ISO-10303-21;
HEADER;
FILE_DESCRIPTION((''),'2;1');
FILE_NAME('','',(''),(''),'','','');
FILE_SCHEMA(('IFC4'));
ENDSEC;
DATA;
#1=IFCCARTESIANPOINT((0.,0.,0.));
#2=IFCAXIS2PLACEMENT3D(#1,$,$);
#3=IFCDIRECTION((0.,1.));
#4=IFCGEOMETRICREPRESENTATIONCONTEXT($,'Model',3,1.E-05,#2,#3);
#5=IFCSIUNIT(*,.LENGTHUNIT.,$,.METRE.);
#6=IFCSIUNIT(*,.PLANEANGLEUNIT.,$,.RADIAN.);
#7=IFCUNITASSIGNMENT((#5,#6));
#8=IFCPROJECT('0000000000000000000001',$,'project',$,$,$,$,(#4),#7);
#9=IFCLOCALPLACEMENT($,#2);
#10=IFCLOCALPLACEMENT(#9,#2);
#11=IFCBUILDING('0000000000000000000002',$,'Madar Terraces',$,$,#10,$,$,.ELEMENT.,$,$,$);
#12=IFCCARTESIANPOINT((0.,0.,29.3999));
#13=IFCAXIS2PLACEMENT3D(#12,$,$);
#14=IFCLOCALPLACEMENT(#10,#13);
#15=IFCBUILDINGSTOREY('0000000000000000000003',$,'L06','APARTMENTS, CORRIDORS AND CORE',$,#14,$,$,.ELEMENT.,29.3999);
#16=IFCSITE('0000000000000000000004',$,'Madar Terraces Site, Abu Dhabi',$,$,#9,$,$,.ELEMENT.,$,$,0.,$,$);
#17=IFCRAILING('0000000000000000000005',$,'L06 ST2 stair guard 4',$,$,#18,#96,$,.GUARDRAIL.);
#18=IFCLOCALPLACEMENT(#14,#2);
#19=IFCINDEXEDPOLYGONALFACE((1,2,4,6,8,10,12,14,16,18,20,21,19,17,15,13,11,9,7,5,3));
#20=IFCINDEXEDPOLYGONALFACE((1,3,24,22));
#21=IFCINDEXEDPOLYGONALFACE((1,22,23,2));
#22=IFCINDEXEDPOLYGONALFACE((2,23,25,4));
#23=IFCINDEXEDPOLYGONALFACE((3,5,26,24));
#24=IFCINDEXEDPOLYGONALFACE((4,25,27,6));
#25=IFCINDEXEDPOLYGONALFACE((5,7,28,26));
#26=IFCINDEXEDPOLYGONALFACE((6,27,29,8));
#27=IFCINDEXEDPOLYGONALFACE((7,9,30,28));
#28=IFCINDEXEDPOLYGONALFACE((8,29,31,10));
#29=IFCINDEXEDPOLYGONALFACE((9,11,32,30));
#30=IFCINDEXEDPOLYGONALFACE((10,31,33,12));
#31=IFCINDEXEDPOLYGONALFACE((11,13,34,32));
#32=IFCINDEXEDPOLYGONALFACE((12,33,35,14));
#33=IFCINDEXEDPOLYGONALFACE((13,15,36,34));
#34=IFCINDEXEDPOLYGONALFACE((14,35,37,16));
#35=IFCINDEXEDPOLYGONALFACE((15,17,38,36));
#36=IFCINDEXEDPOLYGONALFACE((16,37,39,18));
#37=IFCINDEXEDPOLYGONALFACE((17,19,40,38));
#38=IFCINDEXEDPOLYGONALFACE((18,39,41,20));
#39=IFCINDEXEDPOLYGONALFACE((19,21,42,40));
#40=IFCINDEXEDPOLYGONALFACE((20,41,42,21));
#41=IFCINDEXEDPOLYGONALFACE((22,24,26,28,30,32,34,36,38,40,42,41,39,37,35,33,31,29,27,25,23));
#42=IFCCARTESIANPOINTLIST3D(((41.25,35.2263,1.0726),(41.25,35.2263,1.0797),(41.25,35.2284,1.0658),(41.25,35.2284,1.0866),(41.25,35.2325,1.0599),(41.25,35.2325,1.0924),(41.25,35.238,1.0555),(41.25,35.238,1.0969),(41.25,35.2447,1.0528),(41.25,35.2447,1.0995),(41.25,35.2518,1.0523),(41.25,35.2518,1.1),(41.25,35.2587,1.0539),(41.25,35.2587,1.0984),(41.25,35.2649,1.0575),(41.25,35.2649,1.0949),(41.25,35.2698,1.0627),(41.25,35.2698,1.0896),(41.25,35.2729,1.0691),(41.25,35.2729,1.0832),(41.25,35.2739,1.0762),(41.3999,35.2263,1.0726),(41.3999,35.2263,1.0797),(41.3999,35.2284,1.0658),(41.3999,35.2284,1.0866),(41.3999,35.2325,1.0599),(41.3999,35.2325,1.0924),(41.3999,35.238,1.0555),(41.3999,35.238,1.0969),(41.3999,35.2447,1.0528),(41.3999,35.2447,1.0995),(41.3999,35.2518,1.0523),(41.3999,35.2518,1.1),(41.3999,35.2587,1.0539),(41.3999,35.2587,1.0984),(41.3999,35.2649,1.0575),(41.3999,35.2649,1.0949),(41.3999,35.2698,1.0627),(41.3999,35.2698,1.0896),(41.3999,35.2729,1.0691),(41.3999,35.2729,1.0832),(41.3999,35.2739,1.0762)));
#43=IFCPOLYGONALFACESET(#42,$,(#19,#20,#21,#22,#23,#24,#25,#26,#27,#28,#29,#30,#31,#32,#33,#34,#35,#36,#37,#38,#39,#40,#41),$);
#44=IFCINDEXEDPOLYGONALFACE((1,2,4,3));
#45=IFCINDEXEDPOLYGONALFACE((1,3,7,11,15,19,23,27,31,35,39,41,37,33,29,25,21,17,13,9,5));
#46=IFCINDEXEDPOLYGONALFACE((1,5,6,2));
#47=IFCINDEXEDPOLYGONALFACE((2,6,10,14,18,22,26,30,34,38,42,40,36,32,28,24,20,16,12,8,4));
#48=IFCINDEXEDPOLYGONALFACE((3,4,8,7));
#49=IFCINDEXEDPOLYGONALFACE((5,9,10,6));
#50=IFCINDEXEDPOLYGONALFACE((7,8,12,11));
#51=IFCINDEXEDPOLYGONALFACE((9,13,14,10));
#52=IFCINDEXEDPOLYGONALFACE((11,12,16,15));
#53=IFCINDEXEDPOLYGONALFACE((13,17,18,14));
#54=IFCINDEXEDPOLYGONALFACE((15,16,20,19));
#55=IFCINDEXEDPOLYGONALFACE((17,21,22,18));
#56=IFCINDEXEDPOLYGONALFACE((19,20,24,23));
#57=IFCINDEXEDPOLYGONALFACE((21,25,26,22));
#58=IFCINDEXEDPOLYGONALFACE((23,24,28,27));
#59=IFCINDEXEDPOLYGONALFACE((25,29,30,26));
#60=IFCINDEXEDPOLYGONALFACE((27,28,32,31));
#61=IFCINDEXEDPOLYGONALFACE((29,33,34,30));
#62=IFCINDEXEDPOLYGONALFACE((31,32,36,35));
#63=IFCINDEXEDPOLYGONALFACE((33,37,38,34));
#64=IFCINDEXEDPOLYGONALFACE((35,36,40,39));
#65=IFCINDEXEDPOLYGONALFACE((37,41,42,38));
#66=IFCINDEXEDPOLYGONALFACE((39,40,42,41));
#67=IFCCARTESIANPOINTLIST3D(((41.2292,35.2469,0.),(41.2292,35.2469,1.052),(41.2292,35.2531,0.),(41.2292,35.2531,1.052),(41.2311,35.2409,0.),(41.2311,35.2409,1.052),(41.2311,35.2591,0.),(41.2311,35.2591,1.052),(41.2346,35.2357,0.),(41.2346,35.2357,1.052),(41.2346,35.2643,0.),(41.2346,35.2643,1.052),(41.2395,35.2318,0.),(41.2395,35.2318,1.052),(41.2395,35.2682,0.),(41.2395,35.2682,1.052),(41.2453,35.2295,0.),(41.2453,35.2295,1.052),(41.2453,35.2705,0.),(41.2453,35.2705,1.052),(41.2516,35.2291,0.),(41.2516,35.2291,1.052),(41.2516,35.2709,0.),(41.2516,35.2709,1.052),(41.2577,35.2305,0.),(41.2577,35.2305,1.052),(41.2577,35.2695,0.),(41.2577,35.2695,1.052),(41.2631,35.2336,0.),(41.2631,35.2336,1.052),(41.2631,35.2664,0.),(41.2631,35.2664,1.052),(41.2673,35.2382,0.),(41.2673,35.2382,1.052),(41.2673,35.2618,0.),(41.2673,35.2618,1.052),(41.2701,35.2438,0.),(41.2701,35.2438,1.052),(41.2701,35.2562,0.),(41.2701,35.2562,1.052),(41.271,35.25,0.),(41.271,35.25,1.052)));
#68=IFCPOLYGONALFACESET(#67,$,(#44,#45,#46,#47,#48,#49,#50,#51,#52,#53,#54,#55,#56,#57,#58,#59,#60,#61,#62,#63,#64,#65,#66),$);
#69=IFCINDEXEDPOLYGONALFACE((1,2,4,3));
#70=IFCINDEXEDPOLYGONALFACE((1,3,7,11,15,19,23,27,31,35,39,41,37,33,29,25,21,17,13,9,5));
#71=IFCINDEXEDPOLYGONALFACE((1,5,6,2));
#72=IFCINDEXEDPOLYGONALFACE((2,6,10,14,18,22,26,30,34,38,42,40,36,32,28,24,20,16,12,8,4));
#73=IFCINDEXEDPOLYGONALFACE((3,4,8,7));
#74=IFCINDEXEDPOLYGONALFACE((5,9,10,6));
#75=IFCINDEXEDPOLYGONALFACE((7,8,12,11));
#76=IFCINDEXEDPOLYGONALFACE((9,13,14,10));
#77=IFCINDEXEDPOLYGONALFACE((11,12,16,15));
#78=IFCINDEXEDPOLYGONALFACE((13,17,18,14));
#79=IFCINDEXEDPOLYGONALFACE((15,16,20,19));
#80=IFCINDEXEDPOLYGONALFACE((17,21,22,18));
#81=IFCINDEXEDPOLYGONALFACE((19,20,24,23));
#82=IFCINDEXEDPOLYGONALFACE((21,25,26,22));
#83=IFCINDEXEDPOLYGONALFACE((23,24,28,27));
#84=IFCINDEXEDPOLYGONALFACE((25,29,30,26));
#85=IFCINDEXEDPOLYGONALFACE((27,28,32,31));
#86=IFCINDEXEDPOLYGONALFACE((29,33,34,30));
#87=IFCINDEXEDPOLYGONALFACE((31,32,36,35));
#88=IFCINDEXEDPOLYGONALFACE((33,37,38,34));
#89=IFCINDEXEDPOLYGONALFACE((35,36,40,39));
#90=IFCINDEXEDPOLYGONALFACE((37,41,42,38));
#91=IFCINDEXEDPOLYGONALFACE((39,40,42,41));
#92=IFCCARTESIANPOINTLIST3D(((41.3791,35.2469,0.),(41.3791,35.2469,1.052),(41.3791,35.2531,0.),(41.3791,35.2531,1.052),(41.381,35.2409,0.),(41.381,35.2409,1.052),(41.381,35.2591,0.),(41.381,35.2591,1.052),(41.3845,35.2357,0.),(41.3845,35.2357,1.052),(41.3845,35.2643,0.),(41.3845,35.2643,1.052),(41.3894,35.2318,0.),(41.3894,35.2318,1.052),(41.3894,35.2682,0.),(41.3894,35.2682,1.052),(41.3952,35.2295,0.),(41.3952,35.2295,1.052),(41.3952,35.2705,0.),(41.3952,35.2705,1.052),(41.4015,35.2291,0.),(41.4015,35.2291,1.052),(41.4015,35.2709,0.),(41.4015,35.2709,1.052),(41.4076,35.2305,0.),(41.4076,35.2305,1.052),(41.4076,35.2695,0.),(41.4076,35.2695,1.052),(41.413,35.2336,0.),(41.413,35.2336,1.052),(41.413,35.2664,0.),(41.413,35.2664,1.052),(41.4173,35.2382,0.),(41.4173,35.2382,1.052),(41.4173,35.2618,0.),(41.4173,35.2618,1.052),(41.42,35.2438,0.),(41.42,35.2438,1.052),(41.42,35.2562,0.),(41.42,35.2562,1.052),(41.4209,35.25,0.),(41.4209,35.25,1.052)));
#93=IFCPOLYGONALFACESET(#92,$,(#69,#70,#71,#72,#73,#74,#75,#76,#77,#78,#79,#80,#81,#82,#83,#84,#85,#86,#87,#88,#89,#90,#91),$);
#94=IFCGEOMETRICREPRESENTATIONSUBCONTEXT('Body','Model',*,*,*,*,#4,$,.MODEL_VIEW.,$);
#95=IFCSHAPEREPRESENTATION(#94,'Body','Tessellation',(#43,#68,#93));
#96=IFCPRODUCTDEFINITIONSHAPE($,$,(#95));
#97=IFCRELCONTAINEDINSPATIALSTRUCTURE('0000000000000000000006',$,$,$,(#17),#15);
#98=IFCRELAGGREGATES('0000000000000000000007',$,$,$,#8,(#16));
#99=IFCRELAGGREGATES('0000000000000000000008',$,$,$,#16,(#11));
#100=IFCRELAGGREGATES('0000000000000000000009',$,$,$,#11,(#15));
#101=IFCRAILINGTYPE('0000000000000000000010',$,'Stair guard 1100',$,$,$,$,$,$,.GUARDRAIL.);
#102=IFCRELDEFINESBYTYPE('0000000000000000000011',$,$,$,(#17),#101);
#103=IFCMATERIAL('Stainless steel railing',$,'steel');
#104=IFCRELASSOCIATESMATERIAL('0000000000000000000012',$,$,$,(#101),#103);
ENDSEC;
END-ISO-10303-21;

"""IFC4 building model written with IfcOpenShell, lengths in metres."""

from ifc_helpers import new_model, si_unit, direction, frame, origin, origin_2d, place, context, subcontext, project, spatial, circle, extrude, material, type_object, element, save


model = new_model("IFC4")

# Units and contexts
model_context = context("Model", 3, precision=1e-05, world=origin(), true_north=direction((0.0, 1.0)))
body_context = subcontext(model_context, "Body", "Model", "MODEL_VIEW")
ifc_project = project(units=[si_unit("LENGTHUNIT", "METRE"), si_unit("PLANEANGLEUNIT", "RADIAN")], contexts=[model_context])

# Site, building, storey
site_placement = place(None, origin())
site = spatial("IfcSite", under=ifc_project, at=site_placement, Name="Madar Terraces Site, Abu Dhabi", CompositionType="ELEMENT", RefElevation=0.0)
building_placement = place(site_placement, origin())
building = spatial("IfcBuilding", under=site, at=building_placement, Name="Madar Terraces", CompositionType="ELEMENT")
storey_placement = place(building_placement, frame((0.0, 0.0, 29.3999)))
storey = spatial("IfcBuildingStorey", under=building, at=storey_placement, Name="L06", Description="APARTMENTS, CORRIDORS AND CORE", CompositionType="ELEMENT", Elevation=29.3999)

# Railing
ifc_material_1 = material(Name="Stainless steel railing", Category="steel")
railing_type_1 = type_object("IfcRailingType", Name="Stair guard 1100", PredefinedType="GUARDRAIL", material=ifc_material_1)
railing_1_placement = place(storey_placement, frame((41.25, 35.25, 0.0)))
element("IfcRailing", 1, at=railing_1_placement, inside=storey, type_object=railing_type_1, Name="L06 ST2 stair guard 4", PredefinedType="GUARDRAIL", context=body_context, shape_type="SweptSolid", body=[
    extrude(circle(Radius=0.0239, at=origin_2d()), frame((0.0, 0.0, 1.0762), z_axis=(1.0, 0.0, 0.0), x_axis=(0.0, 1.0, 0.0)), (0.0, 0.0, 1.0), 0.1499),
    extrude(circle(Radius=0.021, at=origin_2d()), origin(), (0.0, 0.0, 1.0), 1.052),
    extrude(circle(Radius=0.021, at=origin_2d()), frame((0.1499, 0.0, 0.0)), (0.0, 0.0, 1.0), 1.052),
])

save(model, "model.ifc")
